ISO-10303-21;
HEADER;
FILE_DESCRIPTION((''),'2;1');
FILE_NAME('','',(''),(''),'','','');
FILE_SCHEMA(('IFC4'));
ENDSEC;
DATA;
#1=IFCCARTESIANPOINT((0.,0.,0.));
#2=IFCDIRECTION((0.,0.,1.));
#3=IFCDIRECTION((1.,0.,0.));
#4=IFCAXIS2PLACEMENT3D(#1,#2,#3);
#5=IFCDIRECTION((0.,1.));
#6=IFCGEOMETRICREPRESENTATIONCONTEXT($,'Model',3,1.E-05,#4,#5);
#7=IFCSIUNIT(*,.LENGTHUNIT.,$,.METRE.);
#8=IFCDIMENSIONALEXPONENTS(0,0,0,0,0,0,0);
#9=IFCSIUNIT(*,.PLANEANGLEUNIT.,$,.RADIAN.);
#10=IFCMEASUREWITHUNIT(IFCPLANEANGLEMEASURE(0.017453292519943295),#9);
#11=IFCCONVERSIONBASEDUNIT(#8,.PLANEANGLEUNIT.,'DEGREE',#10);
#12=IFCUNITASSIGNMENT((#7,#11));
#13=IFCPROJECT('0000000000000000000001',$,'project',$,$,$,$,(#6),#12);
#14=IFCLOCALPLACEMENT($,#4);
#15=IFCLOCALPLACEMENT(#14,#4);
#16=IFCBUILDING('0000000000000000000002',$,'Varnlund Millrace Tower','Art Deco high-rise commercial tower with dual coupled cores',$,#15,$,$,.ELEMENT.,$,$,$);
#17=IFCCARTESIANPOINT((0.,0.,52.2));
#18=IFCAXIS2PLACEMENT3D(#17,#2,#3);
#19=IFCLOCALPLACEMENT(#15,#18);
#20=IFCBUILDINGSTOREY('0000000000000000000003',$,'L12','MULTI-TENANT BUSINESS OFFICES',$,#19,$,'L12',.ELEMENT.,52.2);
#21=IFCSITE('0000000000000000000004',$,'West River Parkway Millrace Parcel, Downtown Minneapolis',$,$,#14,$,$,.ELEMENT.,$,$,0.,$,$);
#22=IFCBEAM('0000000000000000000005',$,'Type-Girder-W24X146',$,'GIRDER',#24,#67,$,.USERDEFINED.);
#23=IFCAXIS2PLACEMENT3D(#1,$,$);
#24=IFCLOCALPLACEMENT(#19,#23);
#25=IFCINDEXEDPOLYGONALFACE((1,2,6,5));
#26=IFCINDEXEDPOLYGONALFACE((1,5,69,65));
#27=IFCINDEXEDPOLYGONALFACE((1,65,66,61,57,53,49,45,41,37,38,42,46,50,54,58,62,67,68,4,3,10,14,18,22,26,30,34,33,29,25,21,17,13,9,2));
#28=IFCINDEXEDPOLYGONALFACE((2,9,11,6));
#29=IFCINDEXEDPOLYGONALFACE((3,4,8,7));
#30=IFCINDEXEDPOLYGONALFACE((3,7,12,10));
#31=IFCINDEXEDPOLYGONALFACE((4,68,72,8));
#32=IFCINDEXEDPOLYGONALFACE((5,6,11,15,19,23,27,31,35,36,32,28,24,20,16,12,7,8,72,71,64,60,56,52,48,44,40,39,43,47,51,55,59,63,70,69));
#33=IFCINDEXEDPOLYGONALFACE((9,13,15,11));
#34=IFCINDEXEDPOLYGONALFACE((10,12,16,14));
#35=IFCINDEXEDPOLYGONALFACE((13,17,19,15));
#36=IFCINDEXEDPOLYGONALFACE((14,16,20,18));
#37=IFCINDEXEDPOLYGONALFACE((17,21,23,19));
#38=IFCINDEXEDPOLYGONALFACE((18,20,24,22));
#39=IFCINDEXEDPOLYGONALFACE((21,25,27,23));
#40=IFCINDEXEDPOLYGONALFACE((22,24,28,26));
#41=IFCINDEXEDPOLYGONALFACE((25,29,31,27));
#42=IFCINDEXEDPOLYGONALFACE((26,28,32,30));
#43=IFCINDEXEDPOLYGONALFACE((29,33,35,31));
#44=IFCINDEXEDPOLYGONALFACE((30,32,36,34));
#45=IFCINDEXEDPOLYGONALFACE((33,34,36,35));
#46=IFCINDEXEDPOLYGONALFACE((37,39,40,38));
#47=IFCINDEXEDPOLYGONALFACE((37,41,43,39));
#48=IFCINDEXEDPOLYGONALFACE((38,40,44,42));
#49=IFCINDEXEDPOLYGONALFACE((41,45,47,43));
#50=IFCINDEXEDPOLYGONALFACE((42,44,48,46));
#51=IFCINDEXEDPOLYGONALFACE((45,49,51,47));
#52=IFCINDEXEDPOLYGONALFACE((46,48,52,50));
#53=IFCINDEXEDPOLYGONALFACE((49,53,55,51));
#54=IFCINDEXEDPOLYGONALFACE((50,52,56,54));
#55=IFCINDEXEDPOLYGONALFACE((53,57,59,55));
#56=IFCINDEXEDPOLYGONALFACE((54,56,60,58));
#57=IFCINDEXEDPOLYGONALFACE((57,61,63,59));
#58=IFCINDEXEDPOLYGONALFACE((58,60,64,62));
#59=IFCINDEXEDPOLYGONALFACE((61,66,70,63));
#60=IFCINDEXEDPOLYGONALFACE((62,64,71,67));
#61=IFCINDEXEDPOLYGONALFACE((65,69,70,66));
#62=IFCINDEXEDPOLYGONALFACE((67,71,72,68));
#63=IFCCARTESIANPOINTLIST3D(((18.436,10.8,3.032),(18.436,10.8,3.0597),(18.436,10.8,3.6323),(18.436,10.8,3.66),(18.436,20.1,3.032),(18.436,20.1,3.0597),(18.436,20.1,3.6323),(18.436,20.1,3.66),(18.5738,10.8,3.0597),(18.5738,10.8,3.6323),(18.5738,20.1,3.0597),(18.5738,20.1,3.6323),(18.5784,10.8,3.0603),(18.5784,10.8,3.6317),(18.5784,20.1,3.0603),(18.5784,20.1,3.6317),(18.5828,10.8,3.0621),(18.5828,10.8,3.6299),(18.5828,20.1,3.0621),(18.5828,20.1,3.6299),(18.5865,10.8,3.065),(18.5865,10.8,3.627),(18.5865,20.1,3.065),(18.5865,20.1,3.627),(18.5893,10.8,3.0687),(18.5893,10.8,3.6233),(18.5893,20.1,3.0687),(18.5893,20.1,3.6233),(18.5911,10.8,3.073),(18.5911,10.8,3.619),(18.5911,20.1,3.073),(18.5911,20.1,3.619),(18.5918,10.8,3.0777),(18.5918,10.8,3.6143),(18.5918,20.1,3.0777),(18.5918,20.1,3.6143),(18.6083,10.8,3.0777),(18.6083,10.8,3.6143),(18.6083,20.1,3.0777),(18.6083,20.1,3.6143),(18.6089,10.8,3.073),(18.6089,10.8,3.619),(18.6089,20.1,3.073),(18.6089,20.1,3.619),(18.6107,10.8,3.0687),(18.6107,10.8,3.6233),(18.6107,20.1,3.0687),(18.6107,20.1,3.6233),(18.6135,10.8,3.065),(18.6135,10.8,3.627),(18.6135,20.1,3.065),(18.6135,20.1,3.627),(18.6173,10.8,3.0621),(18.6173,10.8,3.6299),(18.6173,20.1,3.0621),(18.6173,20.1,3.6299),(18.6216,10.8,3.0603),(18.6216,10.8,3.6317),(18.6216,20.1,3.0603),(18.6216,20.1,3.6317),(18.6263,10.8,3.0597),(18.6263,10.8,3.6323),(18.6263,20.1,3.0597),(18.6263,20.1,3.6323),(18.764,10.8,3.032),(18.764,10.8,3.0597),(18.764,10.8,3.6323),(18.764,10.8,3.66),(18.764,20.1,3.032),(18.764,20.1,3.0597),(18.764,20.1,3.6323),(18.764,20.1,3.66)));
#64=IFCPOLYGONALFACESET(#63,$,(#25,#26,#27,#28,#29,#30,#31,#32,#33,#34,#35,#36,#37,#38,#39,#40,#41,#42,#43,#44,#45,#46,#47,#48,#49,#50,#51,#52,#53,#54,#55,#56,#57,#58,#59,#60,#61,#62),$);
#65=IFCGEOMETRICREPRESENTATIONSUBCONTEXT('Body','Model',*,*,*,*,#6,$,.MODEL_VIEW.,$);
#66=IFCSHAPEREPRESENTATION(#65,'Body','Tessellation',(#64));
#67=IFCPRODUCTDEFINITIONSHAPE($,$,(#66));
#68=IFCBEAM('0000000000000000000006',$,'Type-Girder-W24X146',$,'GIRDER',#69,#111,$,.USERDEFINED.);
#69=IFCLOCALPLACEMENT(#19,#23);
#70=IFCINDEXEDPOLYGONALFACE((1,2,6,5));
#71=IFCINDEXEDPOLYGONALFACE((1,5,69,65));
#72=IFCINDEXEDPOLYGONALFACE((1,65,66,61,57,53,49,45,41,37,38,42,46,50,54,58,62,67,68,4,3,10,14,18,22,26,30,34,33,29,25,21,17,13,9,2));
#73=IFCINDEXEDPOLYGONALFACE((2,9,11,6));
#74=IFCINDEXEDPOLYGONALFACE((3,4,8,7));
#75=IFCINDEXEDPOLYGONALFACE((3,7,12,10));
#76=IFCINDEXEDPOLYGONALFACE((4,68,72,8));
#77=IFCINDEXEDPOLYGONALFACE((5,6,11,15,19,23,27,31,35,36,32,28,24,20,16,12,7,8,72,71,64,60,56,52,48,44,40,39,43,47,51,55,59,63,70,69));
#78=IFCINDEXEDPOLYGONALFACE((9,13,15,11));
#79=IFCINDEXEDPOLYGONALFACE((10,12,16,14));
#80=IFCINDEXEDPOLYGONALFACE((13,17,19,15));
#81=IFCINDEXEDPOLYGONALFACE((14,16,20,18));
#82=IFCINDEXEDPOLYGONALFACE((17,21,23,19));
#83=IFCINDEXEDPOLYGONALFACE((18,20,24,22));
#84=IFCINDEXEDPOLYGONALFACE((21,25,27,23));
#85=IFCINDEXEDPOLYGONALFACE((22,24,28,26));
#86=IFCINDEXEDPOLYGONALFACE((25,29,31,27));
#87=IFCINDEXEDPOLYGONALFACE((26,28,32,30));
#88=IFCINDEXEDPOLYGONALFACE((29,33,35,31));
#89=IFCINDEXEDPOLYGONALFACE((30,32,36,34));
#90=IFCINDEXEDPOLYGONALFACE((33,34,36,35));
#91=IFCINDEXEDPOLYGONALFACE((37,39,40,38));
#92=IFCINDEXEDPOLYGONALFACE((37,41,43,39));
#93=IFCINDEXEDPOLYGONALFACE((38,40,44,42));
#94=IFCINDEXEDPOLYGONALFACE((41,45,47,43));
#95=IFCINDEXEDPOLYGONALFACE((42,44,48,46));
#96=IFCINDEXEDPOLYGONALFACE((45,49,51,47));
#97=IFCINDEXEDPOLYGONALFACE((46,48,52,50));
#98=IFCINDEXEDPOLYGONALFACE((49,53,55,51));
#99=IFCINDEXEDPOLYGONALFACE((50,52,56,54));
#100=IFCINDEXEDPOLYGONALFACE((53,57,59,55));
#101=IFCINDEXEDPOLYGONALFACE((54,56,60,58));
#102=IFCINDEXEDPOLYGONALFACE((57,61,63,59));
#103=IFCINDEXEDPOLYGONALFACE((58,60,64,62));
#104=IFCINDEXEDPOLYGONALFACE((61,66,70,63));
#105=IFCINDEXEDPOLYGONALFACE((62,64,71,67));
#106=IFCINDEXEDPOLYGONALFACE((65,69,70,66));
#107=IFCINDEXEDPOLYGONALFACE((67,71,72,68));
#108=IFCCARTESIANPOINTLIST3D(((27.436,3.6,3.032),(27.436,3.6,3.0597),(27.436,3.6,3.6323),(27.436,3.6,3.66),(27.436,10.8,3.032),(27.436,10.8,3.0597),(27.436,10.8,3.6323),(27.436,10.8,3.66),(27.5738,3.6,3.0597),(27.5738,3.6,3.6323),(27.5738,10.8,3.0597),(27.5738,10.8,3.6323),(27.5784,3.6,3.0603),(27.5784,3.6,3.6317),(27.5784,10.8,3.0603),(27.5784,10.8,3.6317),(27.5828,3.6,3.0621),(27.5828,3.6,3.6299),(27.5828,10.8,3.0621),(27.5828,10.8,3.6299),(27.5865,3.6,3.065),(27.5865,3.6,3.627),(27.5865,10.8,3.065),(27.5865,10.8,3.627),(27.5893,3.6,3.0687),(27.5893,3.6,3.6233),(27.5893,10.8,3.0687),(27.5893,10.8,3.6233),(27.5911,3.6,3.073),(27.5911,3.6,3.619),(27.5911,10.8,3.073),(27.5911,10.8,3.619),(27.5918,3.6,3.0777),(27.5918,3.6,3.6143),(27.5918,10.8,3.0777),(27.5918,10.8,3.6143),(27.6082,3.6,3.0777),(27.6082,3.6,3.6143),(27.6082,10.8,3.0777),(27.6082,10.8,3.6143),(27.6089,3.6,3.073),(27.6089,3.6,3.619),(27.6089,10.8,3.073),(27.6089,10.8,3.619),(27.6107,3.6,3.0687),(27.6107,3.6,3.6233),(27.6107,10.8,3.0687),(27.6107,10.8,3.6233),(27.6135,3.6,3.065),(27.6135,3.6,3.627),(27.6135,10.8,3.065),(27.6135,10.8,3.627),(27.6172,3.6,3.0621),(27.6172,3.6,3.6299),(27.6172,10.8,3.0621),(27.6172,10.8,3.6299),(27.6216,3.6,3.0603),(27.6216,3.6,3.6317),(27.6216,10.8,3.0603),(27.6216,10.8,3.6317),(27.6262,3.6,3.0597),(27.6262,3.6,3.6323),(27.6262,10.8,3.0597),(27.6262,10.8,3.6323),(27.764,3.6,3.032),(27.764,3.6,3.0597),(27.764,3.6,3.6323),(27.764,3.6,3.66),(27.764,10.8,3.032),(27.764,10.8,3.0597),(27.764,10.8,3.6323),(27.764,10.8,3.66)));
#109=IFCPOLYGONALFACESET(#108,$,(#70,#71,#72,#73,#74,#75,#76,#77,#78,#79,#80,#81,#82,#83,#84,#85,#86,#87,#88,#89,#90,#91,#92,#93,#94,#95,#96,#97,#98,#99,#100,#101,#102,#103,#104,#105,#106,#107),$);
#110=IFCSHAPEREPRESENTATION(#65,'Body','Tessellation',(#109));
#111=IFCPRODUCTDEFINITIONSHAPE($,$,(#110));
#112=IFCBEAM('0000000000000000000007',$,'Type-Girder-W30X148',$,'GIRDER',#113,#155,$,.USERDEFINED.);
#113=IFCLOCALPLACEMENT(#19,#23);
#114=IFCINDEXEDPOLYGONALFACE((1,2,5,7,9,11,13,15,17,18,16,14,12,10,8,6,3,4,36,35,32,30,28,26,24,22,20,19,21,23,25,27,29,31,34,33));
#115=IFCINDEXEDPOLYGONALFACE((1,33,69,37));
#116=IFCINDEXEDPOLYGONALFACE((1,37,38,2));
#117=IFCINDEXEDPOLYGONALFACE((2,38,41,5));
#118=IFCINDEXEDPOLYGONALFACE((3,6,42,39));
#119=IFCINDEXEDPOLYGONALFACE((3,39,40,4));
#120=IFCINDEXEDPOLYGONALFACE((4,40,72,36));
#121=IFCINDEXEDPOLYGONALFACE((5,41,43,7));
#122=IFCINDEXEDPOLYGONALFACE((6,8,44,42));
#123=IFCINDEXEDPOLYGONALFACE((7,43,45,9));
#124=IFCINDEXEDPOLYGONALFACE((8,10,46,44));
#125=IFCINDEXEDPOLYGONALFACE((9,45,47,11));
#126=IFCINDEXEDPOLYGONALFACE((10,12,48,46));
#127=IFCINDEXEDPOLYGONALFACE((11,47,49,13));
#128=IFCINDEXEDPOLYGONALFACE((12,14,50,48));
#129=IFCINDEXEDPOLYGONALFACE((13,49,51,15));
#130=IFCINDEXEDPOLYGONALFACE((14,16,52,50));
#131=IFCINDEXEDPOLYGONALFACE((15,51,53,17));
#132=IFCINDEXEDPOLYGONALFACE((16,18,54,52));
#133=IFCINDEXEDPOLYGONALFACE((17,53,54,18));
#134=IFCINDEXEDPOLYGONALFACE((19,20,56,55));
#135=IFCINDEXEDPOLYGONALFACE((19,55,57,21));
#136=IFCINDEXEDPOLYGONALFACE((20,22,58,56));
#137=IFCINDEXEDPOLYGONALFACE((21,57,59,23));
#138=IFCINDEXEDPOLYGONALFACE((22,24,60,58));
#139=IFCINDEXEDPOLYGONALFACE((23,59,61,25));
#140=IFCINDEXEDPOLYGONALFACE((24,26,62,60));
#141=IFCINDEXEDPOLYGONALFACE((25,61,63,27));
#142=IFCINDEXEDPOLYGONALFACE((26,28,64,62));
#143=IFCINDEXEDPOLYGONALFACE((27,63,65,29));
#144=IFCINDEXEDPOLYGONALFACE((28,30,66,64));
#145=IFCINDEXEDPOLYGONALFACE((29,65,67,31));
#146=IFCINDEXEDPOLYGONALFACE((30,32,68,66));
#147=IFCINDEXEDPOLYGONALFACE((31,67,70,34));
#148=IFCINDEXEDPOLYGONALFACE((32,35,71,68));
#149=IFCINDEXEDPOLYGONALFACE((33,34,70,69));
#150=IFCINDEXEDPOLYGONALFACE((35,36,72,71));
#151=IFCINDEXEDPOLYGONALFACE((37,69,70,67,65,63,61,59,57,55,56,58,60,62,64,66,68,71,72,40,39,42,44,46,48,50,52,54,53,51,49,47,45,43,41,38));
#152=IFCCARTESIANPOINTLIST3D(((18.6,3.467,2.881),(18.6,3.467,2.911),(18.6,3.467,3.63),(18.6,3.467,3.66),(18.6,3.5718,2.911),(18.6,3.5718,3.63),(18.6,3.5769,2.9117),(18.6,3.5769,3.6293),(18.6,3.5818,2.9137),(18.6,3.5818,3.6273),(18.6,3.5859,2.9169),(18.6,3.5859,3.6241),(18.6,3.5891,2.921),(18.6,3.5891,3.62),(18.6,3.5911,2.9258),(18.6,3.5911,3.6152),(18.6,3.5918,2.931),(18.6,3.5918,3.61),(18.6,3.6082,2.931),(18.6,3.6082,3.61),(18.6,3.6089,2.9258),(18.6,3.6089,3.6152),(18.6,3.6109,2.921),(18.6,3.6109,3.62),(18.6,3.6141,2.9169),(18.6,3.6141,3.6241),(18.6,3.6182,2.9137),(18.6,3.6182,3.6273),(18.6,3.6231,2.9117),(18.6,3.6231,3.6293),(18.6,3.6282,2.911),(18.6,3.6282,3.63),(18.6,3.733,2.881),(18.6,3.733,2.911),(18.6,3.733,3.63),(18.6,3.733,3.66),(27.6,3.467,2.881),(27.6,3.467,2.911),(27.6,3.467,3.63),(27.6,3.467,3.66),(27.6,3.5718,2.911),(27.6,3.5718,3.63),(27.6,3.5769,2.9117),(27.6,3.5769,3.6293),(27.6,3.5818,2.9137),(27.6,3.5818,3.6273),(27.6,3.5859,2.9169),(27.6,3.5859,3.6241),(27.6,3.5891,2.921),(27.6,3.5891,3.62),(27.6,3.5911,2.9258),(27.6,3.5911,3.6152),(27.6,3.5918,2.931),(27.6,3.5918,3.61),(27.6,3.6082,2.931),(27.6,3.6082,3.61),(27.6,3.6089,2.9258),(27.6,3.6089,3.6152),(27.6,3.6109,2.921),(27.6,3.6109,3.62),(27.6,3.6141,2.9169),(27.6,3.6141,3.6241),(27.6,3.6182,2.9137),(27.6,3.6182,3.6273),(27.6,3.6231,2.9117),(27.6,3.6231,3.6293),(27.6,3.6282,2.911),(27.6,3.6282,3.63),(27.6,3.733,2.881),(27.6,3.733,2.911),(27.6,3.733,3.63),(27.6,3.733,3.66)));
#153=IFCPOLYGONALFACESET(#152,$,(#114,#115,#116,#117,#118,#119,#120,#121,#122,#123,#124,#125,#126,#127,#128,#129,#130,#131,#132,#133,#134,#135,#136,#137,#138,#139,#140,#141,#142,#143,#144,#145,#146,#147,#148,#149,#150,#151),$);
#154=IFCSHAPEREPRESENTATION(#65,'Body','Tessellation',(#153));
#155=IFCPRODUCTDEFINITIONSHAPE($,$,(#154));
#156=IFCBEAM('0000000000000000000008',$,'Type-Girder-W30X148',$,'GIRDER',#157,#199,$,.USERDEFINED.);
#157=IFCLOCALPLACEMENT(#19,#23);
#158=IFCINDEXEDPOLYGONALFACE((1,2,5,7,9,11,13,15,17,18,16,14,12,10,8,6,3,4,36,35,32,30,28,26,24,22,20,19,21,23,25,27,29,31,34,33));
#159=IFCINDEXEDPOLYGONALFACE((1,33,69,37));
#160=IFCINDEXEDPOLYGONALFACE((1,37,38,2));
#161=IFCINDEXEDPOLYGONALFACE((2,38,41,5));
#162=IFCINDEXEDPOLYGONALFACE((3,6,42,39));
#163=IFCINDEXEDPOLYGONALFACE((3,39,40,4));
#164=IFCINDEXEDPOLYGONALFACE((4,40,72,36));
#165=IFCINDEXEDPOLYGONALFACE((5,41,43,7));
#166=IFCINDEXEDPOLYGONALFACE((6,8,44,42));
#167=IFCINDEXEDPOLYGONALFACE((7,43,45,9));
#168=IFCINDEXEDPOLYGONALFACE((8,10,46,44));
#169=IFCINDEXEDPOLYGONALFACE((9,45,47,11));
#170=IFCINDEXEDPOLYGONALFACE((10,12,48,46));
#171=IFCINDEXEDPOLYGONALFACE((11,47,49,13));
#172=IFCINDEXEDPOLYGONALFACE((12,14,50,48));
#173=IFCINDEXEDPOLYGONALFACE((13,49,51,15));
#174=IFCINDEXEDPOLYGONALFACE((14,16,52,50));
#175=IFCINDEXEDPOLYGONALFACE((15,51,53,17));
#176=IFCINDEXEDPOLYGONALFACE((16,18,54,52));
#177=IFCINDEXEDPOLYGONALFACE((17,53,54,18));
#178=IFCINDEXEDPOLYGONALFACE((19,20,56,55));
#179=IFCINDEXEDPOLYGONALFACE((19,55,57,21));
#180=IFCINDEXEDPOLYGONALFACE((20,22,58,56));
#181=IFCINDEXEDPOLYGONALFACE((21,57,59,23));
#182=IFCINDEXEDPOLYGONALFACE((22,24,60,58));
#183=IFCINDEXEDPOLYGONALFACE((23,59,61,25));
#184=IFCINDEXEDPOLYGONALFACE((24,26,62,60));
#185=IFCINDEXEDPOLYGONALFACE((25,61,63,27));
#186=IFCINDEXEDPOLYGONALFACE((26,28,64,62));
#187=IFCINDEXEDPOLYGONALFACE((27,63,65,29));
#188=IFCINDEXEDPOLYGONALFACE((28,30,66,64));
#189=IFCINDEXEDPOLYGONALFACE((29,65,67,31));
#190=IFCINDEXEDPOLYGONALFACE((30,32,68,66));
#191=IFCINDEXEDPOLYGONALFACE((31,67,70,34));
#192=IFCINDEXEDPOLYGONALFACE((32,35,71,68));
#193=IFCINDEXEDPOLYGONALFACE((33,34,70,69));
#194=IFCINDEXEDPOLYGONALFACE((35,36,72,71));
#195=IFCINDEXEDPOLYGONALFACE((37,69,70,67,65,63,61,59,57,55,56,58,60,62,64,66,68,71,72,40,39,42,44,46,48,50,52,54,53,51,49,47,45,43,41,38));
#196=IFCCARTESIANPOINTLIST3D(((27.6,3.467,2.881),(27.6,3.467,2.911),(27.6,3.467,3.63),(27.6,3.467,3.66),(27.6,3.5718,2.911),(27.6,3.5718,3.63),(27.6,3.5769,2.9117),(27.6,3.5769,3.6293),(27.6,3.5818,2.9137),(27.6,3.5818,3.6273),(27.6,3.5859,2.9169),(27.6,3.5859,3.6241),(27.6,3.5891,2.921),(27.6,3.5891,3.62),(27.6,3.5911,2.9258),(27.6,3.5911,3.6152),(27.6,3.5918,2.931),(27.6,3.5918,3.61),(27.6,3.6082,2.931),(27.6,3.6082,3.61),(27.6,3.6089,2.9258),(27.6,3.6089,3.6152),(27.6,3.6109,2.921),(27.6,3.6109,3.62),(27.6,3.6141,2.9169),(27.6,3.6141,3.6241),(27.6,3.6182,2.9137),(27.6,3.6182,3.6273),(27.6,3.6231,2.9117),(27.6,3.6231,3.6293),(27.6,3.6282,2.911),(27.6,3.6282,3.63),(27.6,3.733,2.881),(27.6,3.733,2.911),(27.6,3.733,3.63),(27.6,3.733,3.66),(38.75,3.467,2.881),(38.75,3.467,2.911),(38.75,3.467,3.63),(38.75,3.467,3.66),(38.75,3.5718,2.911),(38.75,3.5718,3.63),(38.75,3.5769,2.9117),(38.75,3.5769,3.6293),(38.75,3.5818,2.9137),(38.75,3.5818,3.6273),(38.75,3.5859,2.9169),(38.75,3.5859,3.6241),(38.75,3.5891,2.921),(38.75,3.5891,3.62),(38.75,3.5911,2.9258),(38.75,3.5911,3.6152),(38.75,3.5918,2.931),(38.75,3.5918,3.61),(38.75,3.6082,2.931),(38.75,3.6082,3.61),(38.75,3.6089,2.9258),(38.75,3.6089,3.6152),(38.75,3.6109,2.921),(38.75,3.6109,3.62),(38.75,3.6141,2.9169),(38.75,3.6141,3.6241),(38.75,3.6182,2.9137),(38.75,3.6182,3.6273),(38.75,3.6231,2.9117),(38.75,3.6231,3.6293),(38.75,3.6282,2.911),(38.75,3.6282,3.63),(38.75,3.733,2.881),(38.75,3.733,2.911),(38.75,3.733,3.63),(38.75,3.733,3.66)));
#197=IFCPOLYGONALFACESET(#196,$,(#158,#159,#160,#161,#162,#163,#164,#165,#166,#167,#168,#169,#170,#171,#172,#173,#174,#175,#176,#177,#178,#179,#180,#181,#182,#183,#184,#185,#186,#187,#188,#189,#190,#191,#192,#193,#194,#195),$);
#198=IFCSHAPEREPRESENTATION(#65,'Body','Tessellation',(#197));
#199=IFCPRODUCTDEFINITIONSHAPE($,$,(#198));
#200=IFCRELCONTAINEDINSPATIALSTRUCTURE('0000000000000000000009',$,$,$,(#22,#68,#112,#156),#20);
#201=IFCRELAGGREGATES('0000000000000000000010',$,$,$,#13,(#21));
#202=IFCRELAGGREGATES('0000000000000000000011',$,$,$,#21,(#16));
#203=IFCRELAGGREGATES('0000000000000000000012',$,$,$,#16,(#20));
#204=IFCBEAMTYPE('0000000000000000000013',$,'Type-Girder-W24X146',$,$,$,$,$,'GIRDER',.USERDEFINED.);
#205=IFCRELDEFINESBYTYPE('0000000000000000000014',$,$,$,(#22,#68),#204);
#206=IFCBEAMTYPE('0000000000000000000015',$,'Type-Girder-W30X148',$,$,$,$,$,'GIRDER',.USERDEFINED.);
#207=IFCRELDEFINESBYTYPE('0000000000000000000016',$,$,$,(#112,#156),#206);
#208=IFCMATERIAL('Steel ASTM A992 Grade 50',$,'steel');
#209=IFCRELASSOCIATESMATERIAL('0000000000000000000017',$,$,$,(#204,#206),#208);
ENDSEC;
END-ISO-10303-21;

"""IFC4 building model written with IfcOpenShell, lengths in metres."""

from ifc_helpers import new_model, entity, si_unit, converted_unit, direction, frame, origin_with_axes, origin_2d_with_axis, place, context, subcontext, project, spatial, i_section, extrude, material, material_profile, profile_set, type_object, element, save


model = new_model("IFC4")

# Units and contexts
model_context = context("Model", 3, precision=1e-05, world=origin_with_axes(), true_north=direction((0.0, 1.0)))
body_context = subcontext(model_context, "Body", "Model", "MODEL_VIEW")
ifc_project = project(units=[si_unit("LENGTHUNIT", "METRE"), converted_unit("PLANEANGLEUNIT", "DEGREE", entity("IfcPlaneAngleMeasure", 0.017453292519943295), si_unit("PLANEANGLEUNIT", "RADIAN"), dimensions=[0, 0, 0, 0, 0, 0, 0])], contexts=[model_context])

# Site, building, storey
site_placement = place(None, origin_with_axes())
site = spatial("IfcSite", under=ifc_project, at=site_placement, Name="West River Parkway Millrace Parcel, Downtown Minneapolis", CompositionType="ELEMENT", RefElevation=0.0)
building_placement = place(site_placement, origin_with_axes())
building = spatial("IfcBuilding", under=site, at=building_placement, Name="Varnlund Millrace Tower", Description="Art Deco high-rise commercial tower with dual coupled cores", CompositionType="ELEMENT")
storey_placement = place(building_placement, frame((0.0, 0.0, 52.2), z_axis=(0.0, 0.0, 1.0), x_axis=(1.0, 0.0, 0.0)))
storey = spatial("IfcBuildingStorey", under=building, at=storey_placement, Name="L12", Description="MULTI-TENANT BUSINESS OFFICES", LongName="L12", CompositionType="ELEMENT", Elevation=52.2)

# Beams
ifc_material_1 = material(Name="Steel ASTM A992 Grade 50", Category="steel")
ifc_material_profile_1 = material_profile(ifc_material_1, i_section(OverallWidth=0.328, OverallDepth=0.628, WebThickness=0.0165, FlangeThickness=0.0277, FilletRadius=0.018, at=origin_2d_with_axis()), Name="Steel ASTM A992 Grade 50")
ifc_profile_set_1 = profile_set([ifc_material_profile_1], Name="Steel ASTM A992 Grade 50")
beam_type_1 = type_object("IfcBeamType", Name="Type-Girder-W24X146", ElementType="GIRDER", PredefinedType="USERDEFINED", material=ifc_profile_set_1)
beam_1_placement = place(storey_placement, frame((18.6, 10.8, 3.346), z_axis=(0.0, 1.0, 0.0), x_axis=(-1.0, 0.0, 0.0)))
element("IfcBeam", 1, at=beam_1_placement, inside=storey, type_object=beam_type_1, Name="Type-Girder-W24X146", ObjectType="GIRDER", PredefinedType="USERDEFINED", context=body_context, shape_type="SweptSolid", body=[
    extrude(i_section(OverallWidth=0.328, OverallDepth=0.628, WebThickness=0.0165, FlangeThickness=0.0277, FilletRadius=0.018, at=origin_2d_with_axis()), origin_with_axes(), (0.0, 0.0, 1.0), 9.3),
])
beam_2_placement = place(storey_placement, frame((27.6, 3.6, 3.346), z_axis=(0.0, 1.0, 0.0), x_axis=(-1.0, 0.0, 0.0)))
element("IfcBeam", 2, at=beam_2_placement, inside=storey, type_object=beam_type_1, Name="Type-Girder-W24X146", ObjectType="GIRDER", PredefinedType="USERDEFINED", context=body_context, shape_type="SweptSolid", body=[
    extrude(i_section(OverallWidth=0.328, OverallDepth=0.628, WebThickness=0.0165, FlangeThickness=0.0277, FilletRadius=0.018, at=origin_2d_with_axis()), origin_with_axes(), (0.0, 0.0, 1.0), 7.2),
])
ifc_material_profile_2 = material_profile(ifc_material_1, i_section(OverallWidth=0.266, OverallDepth=0.779, WebThickness=0.0165, FlangeThickness=0.03, FilletRadius=0.02, at=origin_2d_with_axis()), Name="Steel ASTM A992 Grade 50")
ifc_profile_set_2 = profile_set([ifc_material_profile_2], Name="Steel ASTM A992 Grade 50")
beam_type_2 = type_object("IfcBeamType", Name="Type-Girder-W30X148", ElementType="GIRDER", PredefinedType="USERDEFINED", material=ifc_profile_set_2)
beam_3_placement = place(storey_placement, frame((18.6, 3.6, 3.2705), z_axis=(1.0, 0.0, 0.0), x_axis=(0.0, 1.0, 0.0)))
element("IfcBeam", 3, at=beam_3_placement, inside=storey, type_object=beam_type_2, Name="Type-Girder-W30X148", ObjectType="GIRDER", PredefinedType="USERDEFINED", context=body_context, shape_type="SweptSolid", body=[
    extrude(i_section(OverallWidth=0.266, OverallDepth=0.779, WebThickness=0.0165, FlangeThickness=0.03, FilletRadius=0.02, at=origin_2d_with_axis()), origin_with_axes(), (0.0, 0.0, 1.0), 9.0),
])
beam_4_placement = place(storey_placement, frame((27.6, 3.6, 3.2705), z_axis=(1.0, 0.0, 0.0), x_axis=(0.0, 1.0, 0.0)))
element("IfcBeam", 4, at=beam_4_placement, inside=storey, type_object=beam_type_2, Name="Type-Girder-W30X148", ObjectType="GIRDER", PredefinedType="USERDEFINED", context=body_context, shape_type="SweptSolid", body=[
    extrude(i_section(OverallWidth=0.266, OverallDepth=0.779, WebThickness=0.0165, FlangeThickness=0.03, FilletRadius=0.02, at=origin_2d_with_axis()), origin_with_axes(), (0.0, 0.0, 1.0), 11.15),
])

save(model, "model.ifc")
